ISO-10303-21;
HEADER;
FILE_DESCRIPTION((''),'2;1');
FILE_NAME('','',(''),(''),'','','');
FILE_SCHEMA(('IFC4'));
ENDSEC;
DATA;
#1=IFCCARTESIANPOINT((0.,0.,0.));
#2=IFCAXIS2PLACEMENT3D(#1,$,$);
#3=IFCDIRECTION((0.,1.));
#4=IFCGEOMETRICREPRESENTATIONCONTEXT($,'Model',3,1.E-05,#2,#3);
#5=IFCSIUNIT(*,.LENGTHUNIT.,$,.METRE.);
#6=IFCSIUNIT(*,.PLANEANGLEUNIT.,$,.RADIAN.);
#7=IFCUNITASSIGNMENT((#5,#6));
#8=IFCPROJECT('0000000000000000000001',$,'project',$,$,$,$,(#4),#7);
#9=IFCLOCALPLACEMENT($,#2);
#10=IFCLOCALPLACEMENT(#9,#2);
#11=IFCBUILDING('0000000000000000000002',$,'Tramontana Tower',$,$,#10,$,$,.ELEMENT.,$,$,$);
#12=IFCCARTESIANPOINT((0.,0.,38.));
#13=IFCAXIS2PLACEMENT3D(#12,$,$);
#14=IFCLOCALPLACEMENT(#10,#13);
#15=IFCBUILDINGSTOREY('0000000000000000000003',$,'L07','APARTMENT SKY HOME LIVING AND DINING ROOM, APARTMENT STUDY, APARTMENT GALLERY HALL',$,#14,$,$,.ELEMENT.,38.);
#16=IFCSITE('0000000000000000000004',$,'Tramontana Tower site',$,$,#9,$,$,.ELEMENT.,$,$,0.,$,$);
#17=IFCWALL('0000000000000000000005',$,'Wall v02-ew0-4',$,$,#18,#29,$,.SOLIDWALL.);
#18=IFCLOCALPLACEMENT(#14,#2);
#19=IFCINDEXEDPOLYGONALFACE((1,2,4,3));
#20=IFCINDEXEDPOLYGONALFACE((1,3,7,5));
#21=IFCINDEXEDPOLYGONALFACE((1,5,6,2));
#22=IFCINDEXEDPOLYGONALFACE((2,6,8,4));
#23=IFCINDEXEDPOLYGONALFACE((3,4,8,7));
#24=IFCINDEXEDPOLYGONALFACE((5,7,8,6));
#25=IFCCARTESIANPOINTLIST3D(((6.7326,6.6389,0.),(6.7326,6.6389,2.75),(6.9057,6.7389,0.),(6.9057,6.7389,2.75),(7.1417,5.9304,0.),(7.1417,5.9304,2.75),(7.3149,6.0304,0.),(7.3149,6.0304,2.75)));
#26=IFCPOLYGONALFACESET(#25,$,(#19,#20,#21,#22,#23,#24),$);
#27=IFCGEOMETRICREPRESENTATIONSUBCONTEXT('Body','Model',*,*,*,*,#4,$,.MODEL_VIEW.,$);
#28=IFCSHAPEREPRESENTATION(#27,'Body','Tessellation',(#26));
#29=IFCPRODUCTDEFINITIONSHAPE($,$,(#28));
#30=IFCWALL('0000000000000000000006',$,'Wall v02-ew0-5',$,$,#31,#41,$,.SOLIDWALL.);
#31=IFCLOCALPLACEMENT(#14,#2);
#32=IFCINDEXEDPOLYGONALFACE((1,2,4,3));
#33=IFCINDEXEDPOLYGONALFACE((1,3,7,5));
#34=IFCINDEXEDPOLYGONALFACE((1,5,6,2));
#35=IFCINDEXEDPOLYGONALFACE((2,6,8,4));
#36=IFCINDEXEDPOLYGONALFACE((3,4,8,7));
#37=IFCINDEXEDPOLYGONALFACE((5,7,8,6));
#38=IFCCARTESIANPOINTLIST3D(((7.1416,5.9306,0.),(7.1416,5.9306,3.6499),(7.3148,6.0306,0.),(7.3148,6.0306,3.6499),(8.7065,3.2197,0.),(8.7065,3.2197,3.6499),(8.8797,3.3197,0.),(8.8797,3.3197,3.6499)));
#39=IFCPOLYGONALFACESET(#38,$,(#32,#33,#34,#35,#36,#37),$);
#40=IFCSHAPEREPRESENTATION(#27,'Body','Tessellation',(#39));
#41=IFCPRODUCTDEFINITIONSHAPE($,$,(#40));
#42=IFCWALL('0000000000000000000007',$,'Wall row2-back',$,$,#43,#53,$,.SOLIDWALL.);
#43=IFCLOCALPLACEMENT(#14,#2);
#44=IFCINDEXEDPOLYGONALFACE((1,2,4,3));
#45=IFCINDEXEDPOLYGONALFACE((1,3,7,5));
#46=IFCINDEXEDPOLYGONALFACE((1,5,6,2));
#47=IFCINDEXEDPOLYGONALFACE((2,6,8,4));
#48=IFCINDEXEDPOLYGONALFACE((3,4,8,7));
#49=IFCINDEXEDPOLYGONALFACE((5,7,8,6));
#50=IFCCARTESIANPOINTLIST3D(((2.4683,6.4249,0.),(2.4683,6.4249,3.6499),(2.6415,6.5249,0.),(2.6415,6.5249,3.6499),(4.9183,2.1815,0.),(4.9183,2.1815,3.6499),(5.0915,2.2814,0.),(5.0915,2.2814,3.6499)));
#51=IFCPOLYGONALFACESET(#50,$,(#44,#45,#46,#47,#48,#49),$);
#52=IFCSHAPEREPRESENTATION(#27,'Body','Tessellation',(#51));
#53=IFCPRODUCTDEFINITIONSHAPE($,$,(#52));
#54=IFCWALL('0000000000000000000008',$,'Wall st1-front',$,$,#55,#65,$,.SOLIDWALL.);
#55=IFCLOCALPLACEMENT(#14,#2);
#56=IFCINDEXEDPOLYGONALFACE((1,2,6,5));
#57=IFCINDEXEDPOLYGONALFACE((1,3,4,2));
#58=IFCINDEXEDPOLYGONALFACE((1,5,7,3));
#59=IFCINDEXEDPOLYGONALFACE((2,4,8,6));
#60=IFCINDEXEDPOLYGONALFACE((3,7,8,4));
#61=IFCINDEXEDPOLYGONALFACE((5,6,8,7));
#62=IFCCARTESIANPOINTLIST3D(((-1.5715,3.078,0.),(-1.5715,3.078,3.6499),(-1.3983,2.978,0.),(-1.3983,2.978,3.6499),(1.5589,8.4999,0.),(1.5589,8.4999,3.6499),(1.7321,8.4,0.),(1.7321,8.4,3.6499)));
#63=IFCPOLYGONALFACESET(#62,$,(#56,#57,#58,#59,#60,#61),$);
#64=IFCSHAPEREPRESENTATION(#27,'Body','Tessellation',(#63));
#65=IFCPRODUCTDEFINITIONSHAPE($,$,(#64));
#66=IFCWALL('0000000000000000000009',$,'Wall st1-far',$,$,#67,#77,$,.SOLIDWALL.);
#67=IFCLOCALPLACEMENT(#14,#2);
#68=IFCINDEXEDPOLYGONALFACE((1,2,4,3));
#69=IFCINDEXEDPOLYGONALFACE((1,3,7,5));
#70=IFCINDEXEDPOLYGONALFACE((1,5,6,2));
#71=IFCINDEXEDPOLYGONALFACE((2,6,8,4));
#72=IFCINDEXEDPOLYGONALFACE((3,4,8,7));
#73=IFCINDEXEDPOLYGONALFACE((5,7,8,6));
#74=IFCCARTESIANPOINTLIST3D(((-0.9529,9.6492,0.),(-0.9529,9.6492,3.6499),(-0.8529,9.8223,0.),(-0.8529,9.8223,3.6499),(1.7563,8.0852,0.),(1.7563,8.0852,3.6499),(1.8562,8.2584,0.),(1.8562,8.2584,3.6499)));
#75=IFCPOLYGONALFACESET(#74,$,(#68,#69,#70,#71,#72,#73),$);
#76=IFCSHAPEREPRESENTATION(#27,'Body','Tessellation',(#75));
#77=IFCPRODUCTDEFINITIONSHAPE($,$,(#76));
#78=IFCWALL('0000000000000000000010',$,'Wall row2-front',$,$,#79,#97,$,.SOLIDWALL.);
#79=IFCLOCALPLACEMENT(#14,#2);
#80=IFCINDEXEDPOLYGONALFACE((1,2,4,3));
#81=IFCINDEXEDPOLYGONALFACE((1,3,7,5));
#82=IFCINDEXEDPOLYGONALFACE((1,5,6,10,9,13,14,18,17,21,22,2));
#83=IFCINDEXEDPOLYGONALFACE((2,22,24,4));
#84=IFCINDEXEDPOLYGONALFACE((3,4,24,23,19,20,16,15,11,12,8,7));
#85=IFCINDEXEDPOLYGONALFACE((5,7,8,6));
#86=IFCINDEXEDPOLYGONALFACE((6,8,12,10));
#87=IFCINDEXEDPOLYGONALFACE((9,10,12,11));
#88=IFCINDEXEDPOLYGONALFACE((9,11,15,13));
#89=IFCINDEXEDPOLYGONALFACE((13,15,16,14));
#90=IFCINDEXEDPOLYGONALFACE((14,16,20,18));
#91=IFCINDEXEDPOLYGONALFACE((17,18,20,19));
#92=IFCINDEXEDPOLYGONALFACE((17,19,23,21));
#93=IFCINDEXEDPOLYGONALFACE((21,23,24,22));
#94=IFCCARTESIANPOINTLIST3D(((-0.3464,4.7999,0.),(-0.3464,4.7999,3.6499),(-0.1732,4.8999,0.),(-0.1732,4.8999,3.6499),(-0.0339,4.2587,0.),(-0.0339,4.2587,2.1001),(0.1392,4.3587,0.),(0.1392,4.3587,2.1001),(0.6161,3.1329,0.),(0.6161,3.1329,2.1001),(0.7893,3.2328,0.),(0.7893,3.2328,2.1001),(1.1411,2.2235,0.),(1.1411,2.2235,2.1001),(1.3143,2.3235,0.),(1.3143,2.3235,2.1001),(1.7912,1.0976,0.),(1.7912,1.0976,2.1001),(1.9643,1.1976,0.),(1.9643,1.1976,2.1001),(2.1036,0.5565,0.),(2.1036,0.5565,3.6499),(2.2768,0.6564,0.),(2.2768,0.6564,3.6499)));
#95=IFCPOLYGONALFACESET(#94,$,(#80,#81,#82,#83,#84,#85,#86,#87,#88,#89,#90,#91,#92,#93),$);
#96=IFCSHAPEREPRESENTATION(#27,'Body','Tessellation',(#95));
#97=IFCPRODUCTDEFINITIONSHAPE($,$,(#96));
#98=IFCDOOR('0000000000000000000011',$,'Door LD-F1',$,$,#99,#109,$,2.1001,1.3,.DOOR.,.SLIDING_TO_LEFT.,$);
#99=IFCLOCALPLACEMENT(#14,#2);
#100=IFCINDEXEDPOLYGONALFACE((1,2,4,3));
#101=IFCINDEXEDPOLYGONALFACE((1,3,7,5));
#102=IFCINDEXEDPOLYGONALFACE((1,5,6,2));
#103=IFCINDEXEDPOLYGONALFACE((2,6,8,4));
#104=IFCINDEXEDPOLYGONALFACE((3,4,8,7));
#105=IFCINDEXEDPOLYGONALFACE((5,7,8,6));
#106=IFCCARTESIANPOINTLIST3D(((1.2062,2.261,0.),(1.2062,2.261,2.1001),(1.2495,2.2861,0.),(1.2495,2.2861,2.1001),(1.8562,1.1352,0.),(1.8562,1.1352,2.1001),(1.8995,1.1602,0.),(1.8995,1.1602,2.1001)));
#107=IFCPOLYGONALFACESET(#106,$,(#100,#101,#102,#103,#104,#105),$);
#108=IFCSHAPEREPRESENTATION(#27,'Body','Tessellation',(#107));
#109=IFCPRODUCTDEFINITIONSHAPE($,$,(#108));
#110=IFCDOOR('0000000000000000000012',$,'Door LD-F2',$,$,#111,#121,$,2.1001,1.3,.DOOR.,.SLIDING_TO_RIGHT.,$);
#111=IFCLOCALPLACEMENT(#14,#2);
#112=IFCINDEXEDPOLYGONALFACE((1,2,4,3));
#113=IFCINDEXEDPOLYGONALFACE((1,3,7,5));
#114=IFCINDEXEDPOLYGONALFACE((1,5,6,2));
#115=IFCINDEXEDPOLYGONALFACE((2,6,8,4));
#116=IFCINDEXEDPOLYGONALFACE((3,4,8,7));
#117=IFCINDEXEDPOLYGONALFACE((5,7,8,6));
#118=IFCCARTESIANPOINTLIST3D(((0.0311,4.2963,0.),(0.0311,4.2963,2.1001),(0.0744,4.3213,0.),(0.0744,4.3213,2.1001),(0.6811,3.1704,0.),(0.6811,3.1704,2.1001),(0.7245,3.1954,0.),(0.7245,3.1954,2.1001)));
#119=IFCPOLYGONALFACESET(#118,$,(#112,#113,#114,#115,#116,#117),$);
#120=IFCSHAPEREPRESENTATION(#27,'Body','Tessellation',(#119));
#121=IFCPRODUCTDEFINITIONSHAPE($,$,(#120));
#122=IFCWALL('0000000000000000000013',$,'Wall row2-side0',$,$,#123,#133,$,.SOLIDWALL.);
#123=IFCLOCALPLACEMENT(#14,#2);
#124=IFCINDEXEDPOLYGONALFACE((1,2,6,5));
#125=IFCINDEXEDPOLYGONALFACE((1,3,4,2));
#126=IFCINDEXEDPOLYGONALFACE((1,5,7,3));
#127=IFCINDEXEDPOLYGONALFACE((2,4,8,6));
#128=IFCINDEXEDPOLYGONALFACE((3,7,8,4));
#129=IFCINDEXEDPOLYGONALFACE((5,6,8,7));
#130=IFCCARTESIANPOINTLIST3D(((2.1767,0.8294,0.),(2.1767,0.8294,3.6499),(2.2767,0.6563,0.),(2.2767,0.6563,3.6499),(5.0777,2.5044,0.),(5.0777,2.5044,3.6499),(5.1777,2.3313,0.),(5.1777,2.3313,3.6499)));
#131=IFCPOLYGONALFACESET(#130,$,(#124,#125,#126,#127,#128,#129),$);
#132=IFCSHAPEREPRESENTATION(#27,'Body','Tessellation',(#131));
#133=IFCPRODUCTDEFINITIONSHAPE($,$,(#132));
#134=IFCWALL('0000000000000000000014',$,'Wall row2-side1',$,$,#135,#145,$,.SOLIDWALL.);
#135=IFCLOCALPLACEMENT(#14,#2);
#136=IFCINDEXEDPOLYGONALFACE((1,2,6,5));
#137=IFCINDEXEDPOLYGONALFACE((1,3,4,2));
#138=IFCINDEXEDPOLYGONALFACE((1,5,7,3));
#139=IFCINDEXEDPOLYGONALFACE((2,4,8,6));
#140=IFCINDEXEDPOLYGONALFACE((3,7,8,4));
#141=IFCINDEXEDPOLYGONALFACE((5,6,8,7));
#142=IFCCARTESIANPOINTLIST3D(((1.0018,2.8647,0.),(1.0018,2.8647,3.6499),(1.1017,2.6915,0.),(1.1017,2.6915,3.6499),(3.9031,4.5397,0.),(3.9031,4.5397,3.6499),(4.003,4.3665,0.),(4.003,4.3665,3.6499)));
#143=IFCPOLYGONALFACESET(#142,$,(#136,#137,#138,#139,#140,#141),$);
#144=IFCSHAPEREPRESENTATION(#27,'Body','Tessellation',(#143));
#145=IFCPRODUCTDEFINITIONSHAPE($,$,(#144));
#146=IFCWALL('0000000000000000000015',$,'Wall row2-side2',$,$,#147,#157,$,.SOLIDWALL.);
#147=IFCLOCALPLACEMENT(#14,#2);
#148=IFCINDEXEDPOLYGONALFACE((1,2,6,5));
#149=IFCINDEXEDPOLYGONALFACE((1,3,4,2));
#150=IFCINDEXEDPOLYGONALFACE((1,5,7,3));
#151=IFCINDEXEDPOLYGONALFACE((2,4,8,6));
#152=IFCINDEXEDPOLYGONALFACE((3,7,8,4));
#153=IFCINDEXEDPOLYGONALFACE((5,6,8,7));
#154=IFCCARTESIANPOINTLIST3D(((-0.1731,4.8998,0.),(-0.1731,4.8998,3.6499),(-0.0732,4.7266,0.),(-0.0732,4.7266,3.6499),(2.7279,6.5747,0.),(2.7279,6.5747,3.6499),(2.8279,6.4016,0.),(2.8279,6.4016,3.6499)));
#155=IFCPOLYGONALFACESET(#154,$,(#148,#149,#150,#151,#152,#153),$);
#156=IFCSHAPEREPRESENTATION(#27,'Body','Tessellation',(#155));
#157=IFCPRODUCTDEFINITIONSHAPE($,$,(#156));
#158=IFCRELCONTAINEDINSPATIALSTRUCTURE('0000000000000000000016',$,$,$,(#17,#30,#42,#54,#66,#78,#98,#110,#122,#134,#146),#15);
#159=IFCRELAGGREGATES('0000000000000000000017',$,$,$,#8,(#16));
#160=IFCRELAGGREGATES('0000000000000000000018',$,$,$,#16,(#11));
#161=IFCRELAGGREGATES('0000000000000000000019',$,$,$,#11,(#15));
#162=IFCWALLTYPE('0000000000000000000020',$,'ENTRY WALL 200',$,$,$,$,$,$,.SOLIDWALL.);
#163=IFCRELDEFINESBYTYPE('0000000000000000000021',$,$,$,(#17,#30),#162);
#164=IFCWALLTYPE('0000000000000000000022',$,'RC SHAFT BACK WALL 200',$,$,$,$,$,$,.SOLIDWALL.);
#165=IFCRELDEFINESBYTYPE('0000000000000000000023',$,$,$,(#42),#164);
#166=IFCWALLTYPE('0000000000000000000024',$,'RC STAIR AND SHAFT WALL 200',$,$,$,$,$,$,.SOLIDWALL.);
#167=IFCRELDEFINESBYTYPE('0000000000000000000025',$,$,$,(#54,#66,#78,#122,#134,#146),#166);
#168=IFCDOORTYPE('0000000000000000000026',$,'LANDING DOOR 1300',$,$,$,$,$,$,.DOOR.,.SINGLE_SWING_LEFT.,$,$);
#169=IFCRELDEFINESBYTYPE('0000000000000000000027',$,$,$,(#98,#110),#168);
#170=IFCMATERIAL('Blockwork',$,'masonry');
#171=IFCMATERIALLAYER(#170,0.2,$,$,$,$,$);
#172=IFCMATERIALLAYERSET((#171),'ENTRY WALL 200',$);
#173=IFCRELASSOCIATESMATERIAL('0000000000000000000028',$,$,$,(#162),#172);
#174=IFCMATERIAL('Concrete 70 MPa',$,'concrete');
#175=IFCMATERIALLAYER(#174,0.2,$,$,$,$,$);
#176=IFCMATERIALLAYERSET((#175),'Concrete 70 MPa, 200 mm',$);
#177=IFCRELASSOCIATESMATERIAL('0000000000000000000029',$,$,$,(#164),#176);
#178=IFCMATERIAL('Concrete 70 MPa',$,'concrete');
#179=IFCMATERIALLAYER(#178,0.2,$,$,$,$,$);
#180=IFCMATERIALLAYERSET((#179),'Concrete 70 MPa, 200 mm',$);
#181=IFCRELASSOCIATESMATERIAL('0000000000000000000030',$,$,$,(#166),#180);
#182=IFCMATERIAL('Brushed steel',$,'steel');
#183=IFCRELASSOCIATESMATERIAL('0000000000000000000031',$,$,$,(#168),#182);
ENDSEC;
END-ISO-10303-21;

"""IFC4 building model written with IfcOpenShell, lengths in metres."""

from ifc_helpers import new_model, si_unit, direction, frame, frame_2d, origin, place, context, subcontext, project, spatial, rectangle, extrude, material, layer, layer_set, type_object, element, fill, save


model = new_model("IFC4")

# Units and contexts
model_context = context("Model", 3, precision=1e-05, world=origin(), true_north=direction((0.0, 1.0)))
body_context = subcontext(model_context, "Body", "Model", "MODEL_VIEW")
ifc_project = project(units=[si_unit("LENGTHUNIT", "METRE"), si_unit("PLANEANGLEUNIT", "RADIAN")], contexts=[model_context])

# Site, building, storey
site_placement = place(None, origin())
site = spatial("IfcSite", under=ifc_project, at=site_placement, Name="Tramontana Tower site", CompositionType="ELEMENT", RefElevation=0.0)
building_placement = place(site_placement, origin())
building = spatial("IfcBuilding", under=site, at=building_placement, Name="Tramontana Tower", CompositionType="ELEMENT")
storey_placement = place(building_placement, frame((0.0, 0.0, 38.0)))
storey = spatial("IfcBuildingStorey", under=building, at=storey_placement, Name="L07", Description="APARTMENT SKY HOME LIVING AND DINING ROOM, APARTMENT STUDY, APARTMENT GALLERY HALL", CompositionType="ELEMENT", Elevation=38.0)

# Walls
ifc_material_1 = material(Name="Blockwork", Category="masonry")
ifc_layer_1 = layer(ifc_material_1, 0.2)
ifc_layer_set_1 = layer_set([ifc_layer_1], Name="ENTRY WALL 200")
wall_type_1 = type_object("IfcWallType", Name="ENTRY WALL 200", PredefinedType="SOLIDWALL", material=ifc_layer_set_1)
wall_1_placement = place(storey_placement, frame((6.8191, 6.689, 0.0), z_axis=(0.0, 0.0, 1.0), x_axis=(0.500119, -0.865957, 0.0)))
element("IfcWall", 1, at=wall_1_placement, inside=storey, type_object=wall_type_1, Name="Wall v02-ew0-4", PredefinedType="SOLIDWALL", context=body_context, shape_type="SweptSolid", body=[
    extrude(rectangle(XDim=0.8181, YDim=0.2, at=frame_2d((0.4092, 0.0))), origin(), (0.0, 0.0, 1.0), 2.75),
])
wall_2_placement = place(storey_placement, frame((7.2283, 5.9805, 0.0), z_axis=(0.0, 0.0, 1.0), x_axis=(0.499948, -0.866056, 0.0)))
element("IfcWall", 2, at=wall_2_placement, inside=storey, type_object=wall_type_1, Name="Wall v02-ew0-5", PredefinedType="SOLIDWALL", context=body_context, shape_type="SweptSolid", body=[
    extrude(rectangle(XDim=3.1301, YDim=0.2, at=frame_2d((1.5649, 0.0))), origin(), (0.0, 0.0, 1.0), 3.6499),
])
ifc_material_2 = material(Name="Concrete 70 MPa", Category="concrete")
ifc_layer_2 = layer(ifc_material_2, 0.2)
ifc_layer_set_2 = layer_set([ifc_layer_2], Name="Concrete 70 MPa, 200 mm")
wall_type_2 = type_object("IfcWallType", Name="RC SHAFT BACK WALL 200", PredefinedType="SOLIDWALL", material=ifc_layer_set_2)
wall_3_placement = place(storey_placement, frame((5.0049, 2.2314, 0.0), z_axis=(0.0, 0.0, 1.0), x_axis=(-0.500003, 0.866024, 0.0)))
element("IfcWall", 3, at=wall_3_placement, inside=storey, type_object=wall_type_2, Name="Wall row2-back", PredefinedType="SOLIDWALL", context=body_context, shape_type="SweptSolid", body=[
    extrude(rectangle(XDim=4.8999, YDim=0.2, at=frame_2d((2.45, 0.0))), origin(), (0.0, 0.0, 1.0), 3.6499),
])
ifc_material_3 = material(Name="Concrete 70 MPa", Category="concrete")
ifc_layer_3 = layer(ifc_material_3, 0.2)
ifc_layer_set_3 = layer_set([ifc_layer_3], Name="Concrete 70 MPa, 200 mm")
wall_type_3 = type_object("IfcWallType", Name="RC STAIR AND SHAFT WALL 200", PredefinedType="SOLIDWALL", material=ifc_layer_set_3)
wall_4_placement = place(storey_placement, frame((1.6455, 8.45, 0.0), z_axis=(0.0, 0.0, 1.0), x_axis=(-0.500006, -0.866022, 0.0)))
element("IfcWall", 4, at=wall_4_placement, inside=storey, type_object=wall_type_3, Name="Wall st1-front", PredefinedType="SOLIDWALL", context=body_context, shape_type="SweptSolid", body=[
    extrude(rectangle(XDim=6.2607, YDim=0.2, at=frame_2d((3.1304, 0.0))), origin(), (0.0, 0.0, 1.0), 3.6499),
])
wall_5_placement = place(storey_placement, frame((1.8062, 8.1719, 0.0), z_axis=(0.0, 0.0, 1.0), x_axis=(-0.866054, 0.49995, 0.0)))
element("IfcWall", 5, at=wall_5_placement, inside=storey, type_object=wall_type_3, Name="Wall st1-far", PredefinedType="SOLIDWALL", context=body_context, shape_type="SweptSolid", body=[
    extrude(rectangle(XDim=3.1282, YDim=0.2, at=frame_2d((1.564, 0.0))), origin(), (0.0, 0.0, 1.0), 3.6499),
])

# Wall, openings, doors
wall_6_placement = place(storey_placement, frame((2.1902, 0.6064, 0.0), z_axis=(0.0, 0.0, 1.0), x_axis=(-0.500003, 0.866024, 0.0)))
wall_6 = element("IfcWall", 6, at=wall_6_placement, inside=storey, type_object=wall_type_3, Name="Wall row2-front", PredefinedType="SOLIDWALL", context=body_context, shape_type="SweptSolid", body=[
    extrude(rectangle(XDim=4.8999, YDim=0.2, at=frame_2d((2.45, 0.0))), origin(), (0.0, 0.0, 1.0), 3.6499),
])
opening_1_placement = place(wall_6_placement, frame((0.625, 0.0, 0.0)))
opening_1 = element("IfcOpeningElement", 7, at=opening_1_placement, cuts=wall_6, PredefinedType="OPENING", context=body_context, shape_type="SweptSolid", body=[
    extrude(rectangle(XDim=1.3, YDim=2.1001, at=frame_2d((0.6499, 1.05))), frame((0.0, 0.1099, 0.0), z_axis=(0.0, -1.0, 0.0), x_axis=(1.0, 0.0, 0.0)), (0.0, 0.0, 1.0), 0.22),
])
opening_2_placement = place(wall_6_placement, frame((2.9751, 0.0, 0.0)))
opening_2 = element("IfcOpeningElement", 8, at=opening_2_placement, cuts=wall_6, PredefinedType="OPENING", context=body_context, shape_type="SweptSolid", body=[
    extrude(rectangle(XDim=1.3, YDim=2.1001, at=frame_2d((0.6499, 1.05))), frame((0.0, 0.1099, 0.0), z_axis=(0.0, -1.0, 0.0), x_axis=(1.0, 0.0, 0.0)), (0.0, 0.0, 1.0), 0.22),
])
ifc_material_4 = material(Name="Brushed steel", Category="steel")
door_type_1 = type_object("IfcDoorType", Name="LANDING DOOR 1300", OperationType="SINGLE_SWING_LEFT", PredefinedType="DOOR", material=ifc_material_4)
door_1_placement = place(opening_1_placement, origin())
door_1 = element("IfcDoor", 9, at=door_1_placement, inside=storey, type_object=door_type_1, Name="Door LD-F1", OperationType="SLIDING_TO_LEFT", OverallHeight=2.1001, OverallWidth=1.3, PredefinedType="DOOR", context=body_context, shape_type="SweptSolid", body=[
    extrude(rectangle(XDim=1.3, YDim=2.1001, at=frame_2d((0.6499, 1.05))), frame((0.0, 0.0249, 0.0), z_axis=(0.0, -1.0, 0.0), x_axis=(1.0, 0.0, 0.0)), (0.0, 0.0, 1.0), 0.05),
])
fill(opening_1, door_1)
door_2_placement = place(opening_2_placement, origin())
door_2 = element("IfcDoor", 10, at=door_2_placement, inside=storey, type_object=door_type_1, Name="Door LD-F2", OperationType="SLIDING_TO_RIGHT", OverallHeight=2.1001, OverallWidth=1.3, PredefinedType="DOOR", context=body_context, shape_type="SweptSolid", body=[
    extrude(rectangle(XDim=1.3, YDim=2.1001, at=frame_2d((0.6499, 1.05))), frame((0.0, 0.0249, 0.0), z_axis=(0.0, -1.0, 0.0), x_axis=(1.0, 0.0, 0.0)), (0.0, 0.0, 1.0), 0.05),
])
fill(opening_2, door_2)

# Walls
wall_7_placement = place(storey_placement, frame((2.2268, 0.7429, 0.0), z_axis=(0.0, 0.0, 1.0), x_axis=(0.866014, 0.500019, 0.0)))
element("IfcWall", 11, at=wall_7_placement, inside=storey, type_object=wall_type_3, Name="Wall row2-side0", PredefinedType="SOLIDWALL", context=body_context, shape_type="SweptSolid", body=[
    extrude(rectangle(XDim=3.3499, YDim=0.2, at=frame_2d((1.6748, 0.0))), origin(), (0.0, 0.0, 1.0), 3.6499),
])
wall_8_placement = place(storey_placement, frame((1.0518, 2.7781, 0.0), z_axis=(0.0, 0.0, 1.0), x_axis=(0.866033, 0.499987, 0.0)))
element("IfcWall", 12, at=wall_8_placement, inside=storey, type_object=wall_type_3, Name="Wall row2-side1", PredefinedType="SOLIDWALL", context=body_context, shape_type="SweptSolid", body=[
    extrude(rectangle(XDim=3.3501, YDim=0.2, at=frame_2d((1.675, 0.0))), origin(), (0.0, 0.0, 1.0), 3.6499),
])
wall_9_placement = place(storey_placement, frame((-0.123, 4.8132, 0.0), z_axis=(0.0, 0.0, 1.0), x_axis=(0.866014, 0.500019, 0.0)))
element("IfcWall", 13, at=wall_9_placement, inside=storey, type_object=wall_type_3, Name="Wall row2-side2", PredefinedType="SOLIDWALL", context=body_context, shape_type="SweptSolid", body=[
    extrude(rectangle(XDim=3.3499, YDim=0.2, at=frame_2d((1.6748, 0.0))), origin(), (0.0, 0.0, 1.0), 3.6499),
])

save(model, "model.ifc")
